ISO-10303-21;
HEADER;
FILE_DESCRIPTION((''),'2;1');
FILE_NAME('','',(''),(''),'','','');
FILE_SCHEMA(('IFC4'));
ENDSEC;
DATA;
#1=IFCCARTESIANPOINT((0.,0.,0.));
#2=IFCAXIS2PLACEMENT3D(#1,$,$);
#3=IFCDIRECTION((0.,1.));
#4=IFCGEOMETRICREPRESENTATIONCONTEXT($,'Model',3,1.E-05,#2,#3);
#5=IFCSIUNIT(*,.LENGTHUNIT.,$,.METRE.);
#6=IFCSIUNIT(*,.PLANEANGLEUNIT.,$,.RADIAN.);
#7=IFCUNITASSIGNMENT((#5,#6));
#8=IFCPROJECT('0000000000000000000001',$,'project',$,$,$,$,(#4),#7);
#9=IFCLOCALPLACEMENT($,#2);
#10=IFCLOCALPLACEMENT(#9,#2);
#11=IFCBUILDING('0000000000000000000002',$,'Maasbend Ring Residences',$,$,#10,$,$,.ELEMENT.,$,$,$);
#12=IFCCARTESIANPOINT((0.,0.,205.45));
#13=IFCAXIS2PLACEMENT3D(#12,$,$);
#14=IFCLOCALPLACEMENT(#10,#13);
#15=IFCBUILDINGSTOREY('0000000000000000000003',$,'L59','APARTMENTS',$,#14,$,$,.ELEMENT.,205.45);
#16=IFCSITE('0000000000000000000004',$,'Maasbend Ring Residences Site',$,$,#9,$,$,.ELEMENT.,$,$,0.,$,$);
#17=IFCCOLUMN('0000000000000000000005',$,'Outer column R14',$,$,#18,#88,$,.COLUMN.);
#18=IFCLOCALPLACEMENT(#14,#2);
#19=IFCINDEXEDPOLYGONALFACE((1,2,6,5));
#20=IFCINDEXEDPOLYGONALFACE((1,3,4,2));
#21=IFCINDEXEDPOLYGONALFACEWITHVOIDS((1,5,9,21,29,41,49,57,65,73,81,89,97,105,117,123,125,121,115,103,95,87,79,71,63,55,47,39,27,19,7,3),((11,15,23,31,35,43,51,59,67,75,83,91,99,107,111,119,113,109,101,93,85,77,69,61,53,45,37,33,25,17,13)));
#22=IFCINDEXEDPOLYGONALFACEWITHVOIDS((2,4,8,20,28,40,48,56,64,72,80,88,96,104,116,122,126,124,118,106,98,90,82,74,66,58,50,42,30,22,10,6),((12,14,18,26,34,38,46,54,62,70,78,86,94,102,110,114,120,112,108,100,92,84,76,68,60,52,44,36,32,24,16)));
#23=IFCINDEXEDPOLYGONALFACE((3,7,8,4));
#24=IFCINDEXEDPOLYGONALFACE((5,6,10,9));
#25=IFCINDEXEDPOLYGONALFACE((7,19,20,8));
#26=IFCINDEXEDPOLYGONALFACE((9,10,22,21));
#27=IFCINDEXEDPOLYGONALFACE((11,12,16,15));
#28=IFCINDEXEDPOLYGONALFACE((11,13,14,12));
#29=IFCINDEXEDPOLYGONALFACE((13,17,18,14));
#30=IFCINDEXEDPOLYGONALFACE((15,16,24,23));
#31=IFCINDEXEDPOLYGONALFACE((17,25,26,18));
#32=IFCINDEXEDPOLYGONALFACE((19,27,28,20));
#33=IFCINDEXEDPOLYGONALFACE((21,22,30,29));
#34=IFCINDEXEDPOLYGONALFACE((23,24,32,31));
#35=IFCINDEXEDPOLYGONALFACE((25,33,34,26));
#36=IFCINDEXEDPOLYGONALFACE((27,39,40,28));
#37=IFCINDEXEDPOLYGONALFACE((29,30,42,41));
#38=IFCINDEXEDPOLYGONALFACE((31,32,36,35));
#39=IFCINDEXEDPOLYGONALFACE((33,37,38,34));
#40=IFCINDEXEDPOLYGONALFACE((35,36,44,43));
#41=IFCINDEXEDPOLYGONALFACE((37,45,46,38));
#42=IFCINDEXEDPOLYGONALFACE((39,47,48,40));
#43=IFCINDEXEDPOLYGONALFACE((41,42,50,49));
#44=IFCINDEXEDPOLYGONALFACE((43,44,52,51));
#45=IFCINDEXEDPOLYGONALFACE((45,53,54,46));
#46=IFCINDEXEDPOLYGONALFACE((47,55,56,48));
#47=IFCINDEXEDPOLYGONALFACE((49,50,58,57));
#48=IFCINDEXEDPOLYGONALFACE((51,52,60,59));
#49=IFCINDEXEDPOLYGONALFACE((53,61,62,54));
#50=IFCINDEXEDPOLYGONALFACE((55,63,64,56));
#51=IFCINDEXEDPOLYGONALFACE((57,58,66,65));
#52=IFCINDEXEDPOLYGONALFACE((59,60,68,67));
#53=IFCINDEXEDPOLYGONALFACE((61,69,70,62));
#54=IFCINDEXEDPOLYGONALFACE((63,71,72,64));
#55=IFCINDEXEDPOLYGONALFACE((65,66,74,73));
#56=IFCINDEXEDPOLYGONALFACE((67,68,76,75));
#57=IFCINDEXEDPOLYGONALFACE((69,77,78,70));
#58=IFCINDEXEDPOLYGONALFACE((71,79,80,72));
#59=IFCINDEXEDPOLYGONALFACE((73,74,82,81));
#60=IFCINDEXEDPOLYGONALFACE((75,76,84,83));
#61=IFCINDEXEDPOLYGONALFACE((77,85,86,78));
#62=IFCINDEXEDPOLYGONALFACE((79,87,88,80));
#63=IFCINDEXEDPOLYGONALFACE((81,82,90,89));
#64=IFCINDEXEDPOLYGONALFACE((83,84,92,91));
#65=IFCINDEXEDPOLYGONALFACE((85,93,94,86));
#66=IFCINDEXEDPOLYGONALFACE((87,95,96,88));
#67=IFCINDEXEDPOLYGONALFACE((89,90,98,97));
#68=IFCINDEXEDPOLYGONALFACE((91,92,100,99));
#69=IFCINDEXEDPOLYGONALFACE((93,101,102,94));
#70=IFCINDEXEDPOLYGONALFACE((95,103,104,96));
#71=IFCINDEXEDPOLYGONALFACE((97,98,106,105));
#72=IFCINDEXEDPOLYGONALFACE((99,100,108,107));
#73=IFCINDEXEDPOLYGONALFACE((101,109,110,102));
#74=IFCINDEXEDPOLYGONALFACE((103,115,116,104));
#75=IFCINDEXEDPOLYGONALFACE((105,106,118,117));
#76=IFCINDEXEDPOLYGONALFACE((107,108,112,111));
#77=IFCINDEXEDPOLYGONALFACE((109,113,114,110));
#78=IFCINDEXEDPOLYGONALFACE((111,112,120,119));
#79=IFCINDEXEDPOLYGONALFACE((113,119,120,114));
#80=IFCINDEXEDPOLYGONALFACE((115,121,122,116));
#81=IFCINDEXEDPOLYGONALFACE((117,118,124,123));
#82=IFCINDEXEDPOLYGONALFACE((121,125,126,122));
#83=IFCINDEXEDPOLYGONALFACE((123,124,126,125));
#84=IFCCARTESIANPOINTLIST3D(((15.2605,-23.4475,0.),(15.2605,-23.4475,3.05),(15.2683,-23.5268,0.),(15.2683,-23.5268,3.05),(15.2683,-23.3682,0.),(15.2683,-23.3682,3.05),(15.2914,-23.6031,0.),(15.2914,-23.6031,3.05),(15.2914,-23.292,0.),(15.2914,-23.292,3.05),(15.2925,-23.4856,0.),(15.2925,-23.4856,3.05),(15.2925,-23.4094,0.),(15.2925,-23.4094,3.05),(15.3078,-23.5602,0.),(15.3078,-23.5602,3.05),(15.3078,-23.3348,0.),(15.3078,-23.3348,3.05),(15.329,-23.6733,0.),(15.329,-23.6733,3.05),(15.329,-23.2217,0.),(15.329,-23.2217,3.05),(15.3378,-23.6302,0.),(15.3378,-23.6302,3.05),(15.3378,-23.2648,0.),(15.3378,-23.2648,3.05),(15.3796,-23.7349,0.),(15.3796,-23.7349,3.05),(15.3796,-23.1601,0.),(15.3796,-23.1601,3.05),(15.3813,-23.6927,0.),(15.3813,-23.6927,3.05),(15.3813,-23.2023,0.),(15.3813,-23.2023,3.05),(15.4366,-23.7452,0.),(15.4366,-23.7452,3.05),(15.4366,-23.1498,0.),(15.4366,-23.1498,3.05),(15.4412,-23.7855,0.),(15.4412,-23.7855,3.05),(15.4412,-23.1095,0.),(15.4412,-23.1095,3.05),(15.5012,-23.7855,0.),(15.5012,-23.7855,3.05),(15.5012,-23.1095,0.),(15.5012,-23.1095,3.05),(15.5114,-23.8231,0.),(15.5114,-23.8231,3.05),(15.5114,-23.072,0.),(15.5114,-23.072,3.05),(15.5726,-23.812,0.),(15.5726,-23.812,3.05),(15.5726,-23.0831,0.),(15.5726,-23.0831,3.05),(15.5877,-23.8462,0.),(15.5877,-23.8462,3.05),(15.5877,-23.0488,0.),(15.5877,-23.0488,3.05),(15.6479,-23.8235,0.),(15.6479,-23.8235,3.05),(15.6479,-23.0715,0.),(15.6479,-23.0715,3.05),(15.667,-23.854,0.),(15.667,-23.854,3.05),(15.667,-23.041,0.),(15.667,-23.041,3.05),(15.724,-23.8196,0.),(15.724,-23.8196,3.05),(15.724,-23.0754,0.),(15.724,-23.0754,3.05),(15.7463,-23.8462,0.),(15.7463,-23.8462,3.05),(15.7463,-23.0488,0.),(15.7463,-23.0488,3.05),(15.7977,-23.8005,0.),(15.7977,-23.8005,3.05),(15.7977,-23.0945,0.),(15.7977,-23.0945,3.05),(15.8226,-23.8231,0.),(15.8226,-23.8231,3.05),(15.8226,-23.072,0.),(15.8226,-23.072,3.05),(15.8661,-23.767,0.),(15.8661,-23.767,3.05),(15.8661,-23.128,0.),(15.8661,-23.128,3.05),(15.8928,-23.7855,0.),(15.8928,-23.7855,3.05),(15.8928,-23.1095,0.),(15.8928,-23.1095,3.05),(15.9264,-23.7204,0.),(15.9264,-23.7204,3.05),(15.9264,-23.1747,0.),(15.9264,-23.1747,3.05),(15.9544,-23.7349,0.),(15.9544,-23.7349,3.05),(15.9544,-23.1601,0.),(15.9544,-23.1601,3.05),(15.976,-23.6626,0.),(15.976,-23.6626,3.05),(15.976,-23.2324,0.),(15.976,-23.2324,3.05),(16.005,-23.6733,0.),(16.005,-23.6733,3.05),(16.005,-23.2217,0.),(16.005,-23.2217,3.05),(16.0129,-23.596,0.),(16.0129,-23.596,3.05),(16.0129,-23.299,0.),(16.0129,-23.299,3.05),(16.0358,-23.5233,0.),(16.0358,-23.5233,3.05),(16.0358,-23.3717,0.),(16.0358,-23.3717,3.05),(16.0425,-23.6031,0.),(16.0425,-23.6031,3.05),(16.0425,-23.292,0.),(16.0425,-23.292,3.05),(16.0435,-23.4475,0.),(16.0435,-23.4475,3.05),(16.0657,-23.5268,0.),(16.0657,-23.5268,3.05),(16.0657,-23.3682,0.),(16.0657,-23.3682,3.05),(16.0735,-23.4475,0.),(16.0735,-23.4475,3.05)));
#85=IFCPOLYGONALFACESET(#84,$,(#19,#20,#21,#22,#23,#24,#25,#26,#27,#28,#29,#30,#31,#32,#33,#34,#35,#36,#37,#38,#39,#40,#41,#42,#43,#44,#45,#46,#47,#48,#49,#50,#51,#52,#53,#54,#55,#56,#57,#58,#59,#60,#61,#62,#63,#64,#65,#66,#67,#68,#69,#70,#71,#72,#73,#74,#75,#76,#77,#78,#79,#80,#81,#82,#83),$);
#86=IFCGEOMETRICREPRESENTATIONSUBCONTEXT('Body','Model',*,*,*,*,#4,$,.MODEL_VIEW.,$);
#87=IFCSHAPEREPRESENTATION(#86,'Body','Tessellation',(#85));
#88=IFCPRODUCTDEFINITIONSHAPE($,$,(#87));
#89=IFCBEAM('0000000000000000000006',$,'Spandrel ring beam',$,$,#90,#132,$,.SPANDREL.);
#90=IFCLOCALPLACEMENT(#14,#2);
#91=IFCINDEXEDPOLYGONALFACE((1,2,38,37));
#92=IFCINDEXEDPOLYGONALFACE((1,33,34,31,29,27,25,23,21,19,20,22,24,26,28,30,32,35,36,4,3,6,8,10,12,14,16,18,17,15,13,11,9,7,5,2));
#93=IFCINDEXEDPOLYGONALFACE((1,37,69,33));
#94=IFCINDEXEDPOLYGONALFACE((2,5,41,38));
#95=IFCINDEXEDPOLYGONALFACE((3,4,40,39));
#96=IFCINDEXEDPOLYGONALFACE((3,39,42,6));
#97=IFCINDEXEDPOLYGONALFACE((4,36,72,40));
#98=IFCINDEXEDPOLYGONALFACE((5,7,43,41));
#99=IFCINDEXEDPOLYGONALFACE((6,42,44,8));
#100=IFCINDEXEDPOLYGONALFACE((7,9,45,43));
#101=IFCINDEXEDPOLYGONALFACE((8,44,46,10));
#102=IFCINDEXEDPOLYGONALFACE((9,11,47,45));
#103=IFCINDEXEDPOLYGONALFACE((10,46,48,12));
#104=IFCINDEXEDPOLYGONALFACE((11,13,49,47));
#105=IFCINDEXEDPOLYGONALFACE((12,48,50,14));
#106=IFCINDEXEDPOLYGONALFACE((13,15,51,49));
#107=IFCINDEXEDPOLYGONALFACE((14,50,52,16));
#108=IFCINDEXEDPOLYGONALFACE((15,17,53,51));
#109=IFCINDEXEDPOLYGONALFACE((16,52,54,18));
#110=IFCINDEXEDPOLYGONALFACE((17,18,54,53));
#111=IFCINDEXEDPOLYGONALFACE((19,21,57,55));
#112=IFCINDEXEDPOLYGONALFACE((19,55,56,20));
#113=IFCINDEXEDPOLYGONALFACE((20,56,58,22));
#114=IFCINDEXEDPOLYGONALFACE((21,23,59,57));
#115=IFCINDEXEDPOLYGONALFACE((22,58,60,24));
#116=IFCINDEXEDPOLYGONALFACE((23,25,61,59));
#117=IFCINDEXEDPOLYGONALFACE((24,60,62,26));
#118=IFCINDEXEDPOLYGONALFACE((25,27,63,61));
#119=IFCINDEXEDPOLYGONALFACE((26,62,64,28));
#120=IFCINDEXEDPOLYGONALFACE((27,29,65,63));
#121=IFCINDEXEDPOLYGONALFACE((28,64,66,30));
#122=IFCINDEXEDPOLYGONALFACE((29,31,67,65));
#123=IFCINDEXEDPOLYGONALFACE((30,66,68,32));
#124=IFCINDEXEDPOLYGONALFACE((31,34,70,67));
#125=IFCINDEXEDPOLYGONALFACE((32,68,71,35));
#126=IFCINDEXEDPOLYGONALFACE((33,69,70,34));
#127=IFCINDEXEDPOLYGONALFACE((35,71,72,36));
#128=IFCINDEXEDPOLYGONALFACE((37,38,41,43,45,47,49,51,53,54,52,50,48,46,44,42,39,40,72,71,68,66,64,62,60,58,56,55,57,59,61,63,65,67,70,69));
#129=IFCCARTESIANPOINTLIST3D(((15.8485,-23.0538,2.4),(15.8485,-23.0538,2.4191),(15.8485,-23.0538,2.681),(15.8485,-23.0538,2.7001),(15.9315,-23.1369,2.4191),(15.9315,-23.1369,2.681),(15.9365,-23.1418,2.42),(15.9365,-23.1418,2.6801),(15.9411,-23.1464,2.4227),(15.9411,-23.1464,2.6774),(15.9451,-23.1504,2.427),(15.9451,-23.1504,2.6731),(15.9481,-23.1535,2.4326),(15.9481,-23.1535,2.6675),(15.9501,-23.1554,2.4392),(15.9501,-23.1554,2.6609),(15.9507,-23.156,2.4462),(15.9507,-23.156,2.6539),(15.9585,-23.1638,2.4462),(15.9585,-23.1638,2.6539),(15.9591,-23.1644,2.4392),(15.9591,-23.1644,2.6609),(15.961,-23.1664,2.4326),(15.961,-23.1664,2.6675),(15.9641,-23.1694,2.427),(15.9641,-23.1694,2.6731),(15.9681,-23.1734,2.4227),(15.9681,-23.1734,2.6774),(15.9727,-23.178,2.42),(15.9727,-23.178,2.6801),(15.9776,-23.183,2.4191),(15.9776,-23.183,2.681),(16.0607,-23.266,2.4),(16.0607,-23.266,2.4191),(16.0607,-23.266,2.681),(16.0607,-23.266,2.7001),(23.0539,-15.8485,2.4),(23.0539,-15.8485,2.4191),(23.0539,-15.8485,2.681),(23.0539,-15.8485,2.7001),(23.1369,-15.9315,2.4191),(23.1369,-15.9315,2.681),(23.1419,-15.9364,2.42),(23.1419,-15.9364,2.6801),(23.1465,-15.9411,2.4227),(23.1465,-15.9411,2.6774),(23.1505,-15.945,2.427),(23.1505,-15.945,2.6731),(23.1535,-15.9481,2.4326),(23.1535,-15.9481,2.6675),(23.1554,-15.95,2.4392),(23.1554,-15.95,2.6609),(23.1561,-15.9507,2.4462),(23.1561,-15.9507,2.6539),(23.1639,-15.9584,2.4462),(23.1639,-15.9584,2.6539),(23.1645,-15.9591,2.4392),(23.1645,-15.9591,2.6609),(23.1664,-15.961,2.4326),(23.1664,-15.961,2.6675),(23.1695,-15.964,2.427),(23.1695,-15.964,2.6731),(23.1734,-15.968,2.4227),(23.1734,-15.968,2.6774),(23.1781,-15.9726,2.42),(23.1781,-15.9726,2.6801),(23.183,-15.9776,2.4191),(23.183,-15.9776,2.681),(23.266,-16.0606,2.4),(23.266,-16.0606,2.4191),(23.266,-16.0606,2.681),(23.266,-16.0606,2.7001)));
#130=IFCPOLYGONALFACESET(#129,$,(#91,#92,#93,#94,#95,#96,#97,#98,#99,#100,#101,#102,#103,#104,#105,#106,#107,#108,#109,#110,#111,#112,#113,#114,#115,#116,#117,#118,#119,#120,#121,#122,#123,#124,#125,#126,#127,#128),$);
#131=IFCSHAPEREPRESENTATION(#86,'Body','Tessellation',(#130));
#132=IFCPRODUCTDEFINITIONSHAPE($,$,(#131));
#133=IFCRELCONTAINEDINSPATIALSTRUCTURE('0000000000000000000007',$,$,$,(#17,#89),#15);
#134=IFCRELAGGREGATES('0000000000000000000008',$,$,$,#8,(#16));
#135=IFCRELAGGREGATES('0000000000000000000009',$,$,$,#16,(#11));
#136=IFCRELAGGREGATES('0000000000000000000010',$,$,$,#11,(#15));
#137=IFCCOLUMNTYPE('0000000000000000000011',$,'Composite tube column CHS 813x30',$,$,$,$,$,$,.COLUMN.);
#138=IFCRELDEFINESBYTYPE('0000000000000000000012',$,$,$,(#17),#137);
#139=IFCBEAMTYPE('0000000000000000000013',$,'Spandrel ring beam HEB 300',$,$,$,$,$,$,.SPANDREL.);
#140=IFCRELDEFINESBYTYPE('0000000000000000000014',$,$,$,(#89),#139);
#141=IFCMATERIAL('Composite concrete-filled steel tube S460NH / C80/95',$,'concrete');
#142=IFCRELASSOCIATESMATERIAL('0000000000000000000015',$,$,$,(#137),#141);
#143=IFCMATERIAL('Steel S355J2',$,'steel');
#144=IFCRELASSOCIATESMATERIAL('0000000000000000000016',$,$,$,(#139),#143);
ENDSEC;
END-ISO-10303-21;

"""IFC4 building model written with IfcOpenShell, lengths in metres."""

from ifc_helpers import new_model, si_unit, direction, frame, origin, origin_2d, place, context, subcontext, project, spatial, hollow_circle, i_section, extrude, material, material_profile, profile_set, type_object, element, save


model = new_model("IFC4")

# Units and contexts
model_context = context("Model", 3, precision=1e-05, world=origin(), true_north=direction((0.0, 1.0)))
body_context = subcontext(model_context, "Body", "Model", "MODEL_VIEW")
ifc_project = project(units=[si_unit("LENGTHUNIT", "METRE"), si_unit("PLANEANGLEUNIT", "RADIAN")], contexts=[model_context])

# Site, building, storey
site_placement = place(None, origin())
site = spatial("IfcSite", under=ifc_project, at=site_placement, Name="Maasbend Ring Residences Site", CompositionType="ELEMENT", RefElevation=0.0)
building_placement = place(site_placement, origin())
building = spatial("IfcBuilding", under=site, at=building_placement, Name="Maasbend Ring Residences", CompositionType="ELEMENT")
storey_placement = place(building_placement, frame((0.0, 0.0, 205.45)))
storey = spatial("IfcBuildingStorey", under=building, at=storey_placement, Name="L59", Description="APARTMENTS", CompositionType="ELEMENT", Elevation=205.45)

# Column
ifc_material_1 = material(Name="Composite concrete-filled steel tube S460NH / C80/95", Category="concrete")
ifc_material_profile_1 = material_profile(ifc_material_1, hollow_circle(Radius=0.4065, WallThickness=0.03, at=origin_2d()), Name="Composite tube column CHS 813x30")
ifc_profile_set_1 = profile_set([ifc_material_profile_1], Name="Composite concrete-filled steel tube S460NH / C80/95")
column_type = type_object("IfcColumnType", Name="Composite tube column CHS 813x30", PredefinedType="COLUMN", material=ifc_profile_set_1)
column_placement = place(storey_placement, frame((15.667, -23.4475, 0.0), z_axis=(0.0, 0.0, 1.0), x_axis=(1.0, 0.0, 0.0)))
element("IfcColumn", 1, at=column_placement, inside=storey, type_object=column_type, Name="Outer column R14", PredefinedType="COLUMN", context=body_context, shape_type="SweptSolid", body=[
    extrude(hollow_circle(Radius=0.4065, WallThickness=0.03, at=origin_2d()), origin(), (0.0, 0.0, 1.0), 3.05),
])

# Beam
ifc_material_2 = material(Name="Steel S355J2", Category="steel")
ifc_material_profile_2 = material_profile(ifc_material_2, i_section(OverallWidth=0.3, OverallDepth=0.3, WebThickness=0.011, FlangeThickness=0.019, FilletRadius=0.0271, at=origin_2d()), Name="HEB 300")
ifc_profile_set_2 = profile_set([ifc_material_profile_2], Name="Steel S355J2")
beam_type = type_object("IfcBeamType", Name="Spandrel ring beam HEB 300", PredefinedType="SPANDREL", material=ifc_profile_set_2)
beam_placement = place(storey_placement, frame((15.9546, -23.1599, 2.55), z_axis=(0.707107, 0.707107, 0.0), x_axis=(-0.707107, 0.707107, 0.0)))
element("IfcBeam", 2, at=beam_placement, inside=storey, type_object=beam_type, Name="Spandrel ring beam", PredefinedType="SPANDREL", context=body_context, shape_type="SweptSolid", body=[
    extrude(i_section(OverallWidth=0.3, OverallDepth=0.3, WebThickness=0.011, FlangeThickness=0.019, FilletRadius=0.0271, at=origin_2d()), origin(), (0.0, 0.0, 1.0), 10.1899),
])

save(model, "model.ifc")
